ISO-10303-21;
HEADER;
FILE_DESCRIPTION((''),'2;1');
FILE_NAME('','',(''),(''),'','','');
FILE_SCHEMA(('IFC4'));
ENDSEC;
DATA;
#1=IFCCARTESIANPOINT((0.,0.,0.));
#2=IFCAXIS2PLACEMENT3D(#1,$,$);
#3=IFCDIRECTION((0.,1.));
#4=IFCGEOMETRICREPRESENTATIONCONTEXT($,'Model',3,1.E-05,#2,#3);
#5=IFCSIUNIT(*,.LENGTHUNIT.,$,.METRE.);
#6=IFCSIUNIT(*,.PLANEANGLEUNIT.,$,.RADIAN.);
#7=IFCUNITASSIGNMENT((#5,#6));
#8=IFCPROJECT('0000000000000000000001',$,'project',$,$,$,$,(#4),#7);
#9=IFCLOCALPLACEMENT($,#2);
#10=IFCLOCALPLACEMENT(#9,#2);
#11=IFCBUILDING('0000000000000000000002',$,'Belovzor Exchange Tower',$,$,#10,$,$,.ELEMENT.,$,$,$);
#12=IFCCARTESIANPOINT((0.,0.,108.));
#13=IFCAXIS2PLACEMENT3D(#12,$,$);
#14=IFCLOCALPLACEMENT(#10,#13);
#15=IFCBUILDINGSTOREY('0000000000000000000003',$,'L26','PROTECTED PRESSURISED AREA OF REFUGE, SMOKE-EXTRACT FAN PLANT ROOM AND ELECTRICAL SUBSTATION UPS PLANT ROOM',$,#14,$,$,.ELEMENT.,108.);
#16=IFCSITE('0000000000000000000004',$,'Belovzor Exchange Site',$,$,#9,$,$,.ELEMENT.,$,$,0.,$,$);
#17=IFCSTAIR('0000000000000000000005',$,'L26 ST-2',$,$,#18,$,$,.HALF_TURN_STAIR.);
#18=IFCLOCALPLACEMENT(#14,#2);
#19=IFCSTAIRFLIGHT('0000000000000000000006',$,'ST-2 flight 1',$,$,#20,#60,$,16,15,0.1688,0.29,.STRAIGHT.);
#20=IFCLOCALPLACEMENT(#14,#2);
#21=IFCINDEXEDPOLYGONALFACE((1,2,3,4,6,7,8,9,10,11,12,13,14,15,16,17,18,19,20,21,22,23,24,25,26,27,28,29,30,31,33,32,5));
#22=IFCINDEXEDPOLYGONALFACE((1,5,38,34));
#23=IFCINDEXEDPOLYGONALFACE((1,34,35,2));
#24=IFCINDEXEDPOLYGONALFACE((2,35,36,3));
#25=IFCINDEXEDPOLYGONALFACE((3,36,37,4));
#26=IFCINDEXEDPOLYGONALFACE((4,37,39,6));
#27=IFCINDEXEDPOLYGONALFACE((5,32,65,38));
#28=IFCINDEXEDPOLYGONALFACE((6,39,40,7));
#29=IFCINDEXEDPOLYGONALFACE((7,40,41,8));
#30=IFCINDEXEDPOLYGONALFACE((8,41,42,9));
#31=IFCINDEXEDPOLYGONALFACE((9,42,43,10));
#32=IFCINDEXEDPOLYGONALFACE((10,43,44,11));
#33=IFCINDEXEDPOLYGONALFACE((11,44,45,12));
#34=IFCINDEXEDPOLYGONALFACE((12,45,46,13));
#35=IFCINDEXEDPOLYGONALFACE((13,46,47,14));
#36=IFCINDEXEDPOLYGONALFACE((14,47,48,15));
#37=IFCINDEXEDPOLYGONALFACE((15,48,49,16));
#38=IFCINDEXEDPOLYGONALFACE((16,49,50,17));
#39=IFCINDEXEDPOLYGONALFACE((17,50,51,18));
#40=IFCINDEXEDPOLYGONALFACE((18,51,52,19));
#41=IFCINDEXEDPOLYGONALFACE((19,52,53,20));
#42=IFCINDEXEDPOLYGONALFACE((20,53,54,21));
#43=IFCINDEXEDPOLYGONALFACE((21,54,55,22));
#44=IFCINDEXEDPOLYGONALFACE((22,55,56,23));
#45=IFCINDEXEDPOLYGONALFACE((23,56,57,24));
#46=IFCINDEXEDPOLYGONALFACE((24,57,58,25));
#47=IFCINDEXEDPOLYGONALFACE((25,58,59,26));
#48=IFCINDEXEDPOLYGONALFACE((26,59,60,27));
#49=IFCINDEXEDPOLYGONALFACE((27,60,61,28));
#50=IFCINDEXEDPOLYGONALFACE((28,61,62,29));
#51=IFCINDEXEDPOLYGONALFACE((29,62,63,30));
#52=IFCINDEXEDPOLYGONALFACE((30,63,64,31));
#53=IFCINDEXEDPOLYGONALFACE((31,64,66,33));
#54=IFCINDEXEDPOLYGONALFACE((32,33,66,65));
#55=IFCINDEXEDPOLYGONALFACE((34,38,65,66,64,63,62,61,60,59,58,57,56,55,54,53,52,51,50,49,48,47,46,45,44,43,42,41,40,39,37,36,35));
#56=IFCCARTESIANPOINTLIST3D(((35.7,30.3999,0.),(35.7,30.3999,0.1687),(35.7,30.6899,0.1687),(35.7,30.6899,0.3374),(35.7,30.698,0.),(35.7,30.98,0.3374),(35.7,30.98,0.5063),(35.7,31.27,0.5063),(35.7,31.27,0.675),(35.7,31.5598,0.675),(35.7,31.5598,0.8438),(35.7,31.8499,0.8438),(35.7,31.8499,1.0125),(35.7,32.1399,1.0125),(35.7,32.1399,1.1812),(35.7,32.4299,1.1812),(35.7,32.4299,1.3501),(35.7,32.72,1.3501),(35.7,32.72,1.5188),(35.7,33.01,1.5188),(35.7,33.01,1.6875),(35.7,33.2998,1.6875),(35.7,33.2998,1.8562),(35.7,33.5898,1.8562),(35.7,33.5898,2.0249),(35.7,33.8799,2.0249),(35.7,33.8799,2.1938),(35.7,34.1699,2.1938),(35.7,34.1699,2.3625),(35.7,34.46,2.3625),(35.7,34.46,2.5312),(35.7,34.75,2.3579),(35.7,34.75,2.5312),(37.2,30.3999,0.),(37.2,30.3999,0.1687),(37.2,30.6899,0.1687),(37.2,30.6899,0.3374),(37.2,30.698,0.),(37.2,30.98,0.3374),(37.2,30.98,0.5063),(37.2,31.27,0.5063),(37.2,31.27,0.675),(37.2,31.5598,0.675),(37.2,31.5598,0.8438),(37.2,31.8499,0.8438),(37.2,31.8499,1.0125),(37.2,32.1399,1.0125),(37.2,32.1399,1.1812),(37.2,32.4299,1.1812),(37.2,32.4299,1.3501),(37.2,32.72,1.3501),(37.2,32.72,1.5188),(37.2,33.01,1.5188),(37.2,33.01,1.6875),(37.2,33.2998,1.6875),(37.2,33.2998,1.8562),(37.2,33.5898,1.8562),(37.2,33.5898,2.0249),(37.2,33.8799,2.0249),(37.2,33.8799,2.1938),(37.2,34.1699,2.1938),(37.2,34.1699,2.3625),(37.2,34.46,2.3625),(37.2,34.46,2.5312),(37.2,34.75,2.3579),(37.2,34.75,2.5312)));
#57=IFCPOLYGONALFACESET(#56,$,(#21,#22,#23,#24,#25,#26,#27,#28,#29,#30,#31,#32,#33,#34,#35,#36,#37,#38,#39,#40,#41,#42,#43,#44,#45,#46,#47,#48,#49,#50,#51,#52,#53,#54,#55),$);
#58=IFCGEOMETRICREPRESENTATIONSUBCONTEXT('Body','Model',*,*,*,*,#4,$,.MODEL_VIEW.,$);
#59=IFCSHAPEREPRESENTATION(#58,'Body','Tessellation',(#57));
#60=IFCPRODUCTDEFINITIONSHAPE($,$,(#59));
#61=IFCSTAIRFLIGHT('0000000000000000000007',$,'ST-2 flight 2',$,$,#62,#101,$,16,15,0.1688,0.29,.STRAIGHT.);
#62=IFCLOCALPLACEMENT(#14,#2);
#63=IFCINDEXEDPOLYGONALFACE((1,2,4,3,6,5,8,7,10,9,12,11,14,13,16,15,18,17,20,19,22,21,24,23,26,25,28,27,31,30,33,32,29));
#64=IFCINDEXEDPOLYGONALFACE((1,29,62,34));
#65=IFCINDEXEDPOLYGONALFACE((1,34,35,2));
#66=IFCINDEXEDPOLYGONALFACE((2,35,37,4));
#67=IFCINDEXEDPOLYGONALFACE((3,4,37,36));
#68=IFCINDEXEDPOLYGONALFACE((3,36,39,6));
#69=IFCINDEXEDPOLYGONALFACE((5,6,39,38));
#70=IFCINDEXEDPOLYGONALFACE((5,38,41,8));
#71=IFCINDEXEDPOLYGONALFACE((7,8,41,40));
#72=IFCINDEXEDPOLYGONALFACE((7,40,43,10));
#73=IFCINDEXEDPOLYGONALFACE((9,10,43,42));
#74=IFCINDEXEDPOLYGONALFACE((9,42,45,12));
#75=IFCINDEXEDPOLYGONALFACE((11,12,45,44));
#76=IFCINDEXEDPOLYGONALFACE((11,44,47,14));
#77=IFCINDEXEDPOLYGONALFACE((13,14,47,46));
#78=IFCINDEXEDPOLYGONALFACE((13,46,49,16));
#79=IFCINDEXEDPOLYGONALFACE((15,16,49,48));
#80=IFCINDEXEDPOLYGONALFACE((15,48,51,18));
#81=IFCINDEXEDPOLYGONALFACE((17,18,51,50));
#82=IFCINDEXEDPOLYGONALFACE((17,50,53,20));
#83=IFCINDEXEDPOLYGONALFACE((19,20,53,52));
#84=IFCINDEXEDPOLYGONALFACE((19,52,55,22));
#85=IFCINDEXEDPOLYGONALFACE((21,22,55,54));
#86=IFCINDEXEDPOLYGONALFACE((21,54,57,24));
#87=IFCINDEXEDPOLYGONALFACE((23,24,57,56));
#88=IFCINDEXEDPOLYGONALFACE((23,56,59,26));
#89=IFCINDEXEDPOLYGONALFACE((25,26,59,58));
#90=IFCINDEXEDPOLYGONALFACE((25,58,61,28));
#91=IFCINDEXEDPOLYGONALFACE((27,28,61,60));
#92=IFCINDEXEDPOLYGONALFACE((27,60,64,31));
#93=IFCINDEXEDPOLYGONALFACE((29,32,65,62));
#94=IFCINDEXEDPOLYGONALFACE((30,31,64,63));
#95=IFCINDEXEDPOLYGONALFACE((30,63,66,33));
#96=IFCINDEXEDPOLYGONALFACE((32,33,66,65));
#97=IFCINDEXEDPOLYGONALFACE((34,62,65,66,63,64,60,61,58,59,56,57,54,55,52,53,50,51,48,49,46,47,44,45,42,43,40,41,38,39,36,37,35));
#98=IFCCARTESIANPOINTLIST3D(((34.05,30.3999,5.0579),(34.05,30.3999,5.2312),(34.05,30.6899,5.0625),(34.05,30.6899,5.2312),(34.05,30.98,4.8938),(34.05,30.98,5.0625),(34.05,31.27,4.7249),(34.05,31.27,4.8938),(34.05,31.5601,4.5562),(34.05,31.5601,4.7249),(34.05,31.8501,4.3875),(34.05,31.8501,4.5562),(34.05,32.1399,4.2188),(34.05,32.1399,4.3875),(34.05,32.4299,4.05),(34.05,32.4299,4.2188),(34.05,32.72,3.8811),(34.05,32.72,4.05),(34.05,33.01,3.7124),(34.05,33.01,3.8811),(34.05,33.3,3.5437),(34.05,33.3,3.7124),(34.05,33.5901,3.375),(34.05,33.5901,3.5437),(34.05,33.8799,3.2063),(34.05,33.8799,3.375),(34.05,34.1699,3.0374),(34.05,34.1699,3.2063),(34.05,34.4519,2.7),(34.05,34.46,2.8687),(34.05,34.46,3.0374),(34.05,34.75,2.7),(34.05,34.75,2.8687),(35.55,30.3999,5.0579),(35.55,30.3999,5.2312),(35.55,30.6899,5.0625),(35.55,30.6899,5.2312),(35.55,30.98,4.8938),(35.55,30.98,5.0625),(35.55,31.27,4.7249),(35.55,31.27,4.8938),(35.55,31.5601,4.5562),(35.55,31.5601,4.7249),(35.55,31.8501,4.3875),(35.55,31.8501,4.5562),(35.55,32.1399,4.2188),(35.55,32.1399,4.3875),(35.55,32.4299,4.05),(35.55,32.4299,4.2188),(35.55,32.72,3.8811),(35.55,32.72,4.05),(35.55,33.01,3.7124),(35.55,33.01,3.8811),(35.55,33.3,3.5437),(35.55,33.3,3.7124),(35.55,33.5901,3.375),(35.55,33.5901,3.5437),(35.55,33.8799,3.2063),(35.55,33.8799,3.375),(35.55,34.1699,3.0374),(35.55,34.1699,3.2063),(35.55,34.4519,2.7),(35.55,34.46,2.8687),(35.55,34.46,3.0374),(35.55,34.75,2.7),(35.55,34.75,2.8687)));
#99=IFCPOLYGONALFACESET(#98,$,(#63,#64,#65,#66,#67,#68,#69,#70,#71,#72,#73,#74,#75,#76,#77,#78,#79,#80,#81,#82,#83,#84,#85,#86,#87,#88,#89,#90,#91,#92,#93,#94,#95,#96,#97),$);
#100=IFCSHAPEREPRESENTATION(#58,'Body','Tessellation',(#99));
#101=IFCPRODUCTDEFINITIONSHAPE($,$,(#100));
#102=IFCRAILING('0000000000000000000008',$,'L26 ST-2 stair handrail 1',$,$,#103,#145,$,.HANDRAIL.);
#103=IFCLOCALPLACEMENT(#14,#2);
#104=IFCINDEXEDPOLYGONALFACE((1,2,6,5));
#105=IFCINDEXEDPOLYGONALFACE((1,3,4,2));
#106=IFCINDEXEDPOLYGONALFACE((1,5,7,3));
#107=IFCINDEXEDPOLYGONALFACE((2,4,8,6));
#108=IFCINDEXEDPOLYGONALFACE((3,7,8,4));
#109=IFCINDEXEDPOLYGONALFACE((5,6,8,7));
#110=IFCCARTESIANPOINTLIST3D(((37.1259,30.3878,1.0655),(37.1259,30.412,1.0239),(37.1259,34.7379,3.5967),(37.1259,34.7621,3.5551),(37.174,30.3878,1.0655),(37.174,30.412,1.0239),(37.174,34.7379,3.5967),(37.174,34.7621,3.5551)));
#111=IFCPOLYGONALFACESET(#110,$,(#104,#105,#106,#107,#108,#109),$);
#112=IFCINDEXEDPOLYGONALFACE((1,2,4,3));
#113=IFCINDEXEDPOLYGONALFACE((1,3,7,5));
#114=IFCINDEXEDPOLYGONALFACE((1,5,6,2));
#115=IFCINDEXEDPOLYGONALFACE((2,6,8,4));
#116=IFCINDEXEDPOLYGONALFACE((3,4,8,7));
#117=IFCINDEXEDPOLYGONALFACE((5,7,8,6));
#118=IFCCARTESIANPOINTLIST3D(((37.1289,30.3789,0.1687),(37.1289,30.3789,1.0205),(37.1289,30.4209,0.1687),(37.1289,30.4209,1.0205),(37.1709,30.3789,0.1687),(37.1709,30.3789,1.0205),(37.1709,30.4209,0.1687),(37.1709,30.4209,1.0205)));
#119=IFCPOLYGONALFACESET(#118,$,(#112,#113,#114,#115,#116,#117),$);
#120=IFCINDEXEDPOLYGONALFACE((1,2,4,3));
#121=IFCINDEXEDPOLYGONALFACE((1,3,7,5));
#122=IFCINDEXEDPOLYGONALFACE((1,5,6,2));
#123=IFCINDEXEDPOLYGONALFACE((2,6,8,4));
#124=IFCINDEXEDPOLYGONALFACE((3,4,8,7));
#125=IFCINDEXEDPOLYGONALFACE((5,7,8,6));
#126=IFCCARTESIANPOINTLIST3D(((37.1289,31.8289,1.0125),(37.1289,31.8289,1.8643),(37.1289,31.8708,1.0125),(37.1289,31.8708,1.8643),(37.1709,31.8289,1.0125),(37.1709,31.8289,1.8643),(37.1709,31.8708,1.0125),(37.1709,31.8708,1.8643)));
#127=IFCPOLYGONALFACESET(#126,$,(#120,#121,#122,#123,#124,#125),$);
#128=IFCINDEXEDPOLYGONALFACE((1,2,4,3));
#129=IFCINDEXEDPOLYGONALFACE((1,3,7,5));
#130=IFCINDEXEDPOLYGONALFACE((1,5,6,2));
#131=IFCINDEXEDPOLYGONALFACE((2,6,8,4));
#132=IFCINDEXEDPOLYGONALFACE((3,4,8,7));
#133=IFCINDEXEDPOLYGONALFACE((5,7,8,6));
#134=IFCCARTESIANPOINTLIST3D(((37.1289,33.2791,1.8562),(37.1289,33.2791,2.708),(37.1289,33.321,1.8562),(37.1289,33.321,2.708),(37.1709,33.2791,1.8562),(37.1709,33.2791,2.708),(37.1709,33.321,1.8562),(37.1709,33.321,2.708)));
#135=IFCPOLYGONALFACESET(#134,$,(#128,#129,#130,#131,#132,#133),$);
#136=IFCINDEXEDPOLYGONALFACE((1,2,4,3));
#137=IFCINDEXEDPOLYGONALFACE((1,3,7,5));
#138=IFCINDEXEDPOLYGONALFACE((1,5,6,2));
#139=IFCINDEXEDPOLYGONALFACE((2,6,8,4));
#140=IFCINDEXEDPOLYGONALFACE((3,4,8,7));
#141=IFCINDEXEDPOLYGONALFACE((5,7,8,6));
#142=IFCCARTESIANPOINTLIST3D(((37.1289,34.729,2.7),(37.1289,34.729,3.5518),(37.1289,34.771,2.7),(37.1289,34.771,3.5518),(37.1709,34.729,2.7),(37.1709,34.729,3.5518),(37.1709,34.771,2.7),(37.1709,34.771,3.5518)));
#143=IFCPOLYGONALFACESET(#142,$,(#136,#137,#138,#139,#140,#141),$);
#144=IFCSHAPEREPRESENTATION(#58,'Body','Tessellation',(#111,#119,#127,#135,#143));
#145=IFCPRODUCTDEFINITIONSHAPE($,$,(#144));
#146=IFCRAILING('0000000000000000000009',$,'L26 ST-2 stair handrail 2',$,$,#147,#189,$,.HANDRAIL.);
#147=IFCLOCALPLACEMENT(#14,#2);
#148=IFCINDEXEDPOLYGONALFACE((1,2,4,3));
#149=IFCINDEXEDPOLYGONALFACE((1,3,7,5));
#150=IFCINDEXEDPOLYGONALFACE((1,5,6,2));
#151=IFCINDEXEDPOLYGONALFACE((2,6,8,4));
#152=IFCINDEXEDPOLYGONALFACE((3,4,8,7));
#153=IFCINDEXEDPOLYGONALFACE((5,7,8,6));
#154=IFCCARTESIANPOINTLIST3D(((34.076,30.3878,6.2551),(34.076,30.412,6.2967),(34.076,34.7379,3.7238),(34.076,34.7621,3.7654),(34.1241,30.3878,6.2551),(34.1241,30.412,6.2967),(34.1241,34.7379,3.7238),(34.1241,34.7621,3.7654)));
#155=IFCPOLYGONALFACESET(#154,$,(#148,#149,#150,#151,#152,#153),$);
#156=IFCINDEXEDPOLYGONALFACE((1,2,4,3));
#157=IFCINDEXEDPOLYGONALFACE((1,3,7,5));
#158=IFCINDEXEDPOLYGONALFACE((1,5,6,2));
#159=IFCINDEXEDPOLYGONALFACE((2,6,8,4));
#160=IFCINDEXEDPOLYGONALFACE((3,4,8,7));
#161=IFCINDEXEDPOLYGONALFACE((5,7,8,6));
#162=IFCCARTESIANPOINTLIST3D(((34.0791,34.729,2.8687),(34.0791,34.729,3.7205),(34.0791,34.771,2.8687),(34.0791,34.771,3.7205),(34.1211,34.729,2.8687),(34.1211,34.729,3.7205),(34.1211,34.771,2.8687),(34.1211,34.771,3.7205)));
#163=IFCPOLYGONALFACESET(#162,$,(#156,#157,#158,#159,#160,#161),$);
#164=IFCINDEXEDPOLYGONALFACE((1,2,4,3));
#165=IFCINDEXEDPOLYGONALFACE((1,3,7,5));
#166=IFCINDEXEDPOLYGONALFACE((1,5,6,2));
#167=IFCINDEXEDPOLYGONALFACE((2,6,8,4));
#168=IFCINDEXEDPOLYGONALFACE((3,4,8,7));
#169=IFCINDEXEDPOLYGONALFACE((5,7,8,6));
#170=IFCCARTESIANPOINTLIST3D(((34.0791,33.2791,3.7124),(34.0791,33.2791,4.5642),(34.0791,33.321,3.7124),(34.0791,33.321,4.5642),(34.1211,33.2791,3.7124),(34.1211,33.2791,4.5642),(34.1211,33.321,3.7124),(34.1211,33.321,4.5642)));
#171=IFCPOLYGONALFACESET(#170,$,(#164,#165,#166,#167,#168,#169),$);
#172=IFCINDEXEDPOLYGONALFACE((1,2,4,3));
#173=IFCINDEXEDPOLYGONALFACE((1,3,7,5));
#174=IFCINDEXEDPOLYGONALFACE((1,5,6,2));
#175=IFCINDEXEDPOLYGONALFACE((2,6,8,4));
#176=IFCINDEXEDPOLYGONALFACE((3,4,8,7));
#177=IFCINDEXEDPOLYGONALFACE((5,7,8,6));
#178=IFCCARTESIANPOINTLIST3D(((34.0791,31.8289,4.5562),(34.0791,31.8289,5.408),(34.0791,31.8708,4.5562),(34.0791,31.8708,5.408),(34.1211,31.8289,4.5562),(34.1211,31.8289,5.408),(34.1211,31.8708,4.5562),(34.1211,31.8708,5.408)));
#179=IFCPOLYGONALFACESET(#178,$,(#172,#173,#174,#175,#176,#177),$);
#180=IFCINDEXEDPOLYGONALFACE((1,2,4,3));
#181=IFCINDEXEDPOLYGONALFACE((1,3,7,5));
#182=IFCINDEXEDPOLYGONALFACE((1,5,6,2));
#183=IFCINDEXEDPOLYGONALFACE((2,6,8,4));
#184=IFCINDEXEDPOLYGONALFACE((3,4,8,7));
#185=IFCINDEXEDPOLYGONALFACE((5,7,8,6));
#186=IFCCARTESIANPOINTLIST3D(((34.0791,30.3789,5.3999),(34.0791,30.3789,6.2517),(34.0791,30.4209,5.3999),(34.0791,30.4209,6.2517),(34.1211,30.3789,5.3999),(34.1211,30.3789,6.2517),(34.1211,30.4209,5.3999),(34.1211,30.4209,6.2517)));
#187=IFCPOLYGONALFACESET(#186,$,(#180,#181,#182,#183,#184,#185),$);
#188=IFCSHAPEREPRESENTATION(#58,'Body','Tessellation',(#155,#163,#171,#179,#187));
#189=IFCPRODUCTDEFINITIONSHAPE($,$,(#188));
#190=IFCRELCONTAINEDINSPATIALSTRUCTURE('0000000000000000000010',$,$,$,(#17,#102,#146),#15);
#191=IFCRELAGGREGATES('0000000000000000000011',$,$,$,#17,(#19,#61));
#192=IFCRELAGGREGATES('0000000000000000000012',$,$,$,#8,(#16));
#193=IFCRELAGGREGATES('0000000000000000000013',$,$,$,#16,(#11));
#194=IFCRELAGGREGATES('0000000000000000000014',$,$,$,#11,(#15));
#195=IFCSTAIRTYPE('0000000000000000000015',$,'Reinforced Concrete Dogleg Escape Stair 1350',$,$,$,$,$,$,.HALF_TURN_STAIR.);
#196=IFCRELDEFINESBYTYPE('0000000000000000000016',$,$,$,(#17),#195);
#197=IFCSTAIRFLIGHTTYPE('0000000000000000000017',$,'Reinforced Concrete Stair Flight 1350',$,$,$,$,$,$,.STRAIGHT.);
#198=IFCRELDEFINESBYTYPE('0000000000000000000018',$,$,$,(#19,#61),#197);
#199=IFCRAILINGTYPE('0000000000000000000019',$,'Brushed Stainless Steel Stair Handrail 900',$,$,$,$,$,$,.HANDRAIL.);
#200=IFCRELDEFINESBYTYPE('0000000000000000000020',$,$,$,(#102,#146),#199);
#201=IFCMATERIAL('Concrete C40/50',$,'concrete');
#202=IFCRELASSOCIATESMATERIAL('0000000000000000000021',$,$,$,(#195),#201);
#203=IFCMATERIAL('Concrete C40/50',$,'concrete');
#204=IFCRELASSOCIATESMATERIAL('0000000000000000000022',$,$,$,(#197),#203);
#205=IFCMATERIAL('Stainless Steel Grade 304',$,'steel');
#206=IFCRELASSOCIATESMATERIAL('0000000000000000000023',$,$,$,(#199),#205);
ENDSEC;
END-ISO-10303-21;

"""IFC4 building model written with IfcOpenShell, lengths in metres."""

from ifc_helpers import new_model, si_unit, direction, frame, origin, origin_2d, place, context, subcontext, project, spatial, polyline, rectangle, outline, extrude, material, type_object, element, aggregate, save


model = new_model("IFC4")

# Units and contexts
model_context = context("Model", 3, precision=1e-05, world=origin(), true_north=direction((0.0, 1.0)))
body_context = subcontext(model_context, "Body", "Model", "MODEL_VIEW")
ifc_project = project(units=[si_unit("LENGTHUNIT", "METRE"), si_unit("PLANEANGLEUNIT", "RADIAN")], contexts=[model_context])

# Site, building, storey
site_placement = place(None, origin())
site = spatial("IfcSite", under=ifc_project, at=site_placement, Name="Belovzor Exchange Site", CompositionType="ELEMENT", RefElevation=0.0)
building_placement = place(site_placement, origin())
building = spatial("IfcBuilding", under=site, at=building_placement, Name="Belovzor Exchange Tower", CompositionType="ELEMENT")
storey_placement = place(building_placement, frame((0.0, 0.0, 108.0)))
storey = spatial("IfcBuildingStorey", under=building, at=storey_placement, Name="L26", Description="PROTECTED PRESSURISED AREA OF REFUGE, SMOKE-EXTRACT FAN PLANT ROOM AND ELECTRICAL SUBSTATION UPS PLANT ROOM", CompositionType="ELEMENT", Elevation=108.0)

# Stair, stair flights
ifc_material_1 = material(Name="Concrete C40/50", Category="concrete")
stair_type = type_object("IfcStairType", Name="Reinforced Concrete Dogleg Escape Stair 1350", PredefinedType="HALF_TURN_STAIR", material=ifc_material_1)
stair_placement = place(storey_placement, origin())
stair = element("IfcStair", 1, at=stair_placement, inside=storey, type_object=stair_type, Name="L26 ST-2", PredefinedType="HALF_TURN_STAIR")
ifc_material_2 = material(Name="Concrete C40/50", Category="concrete")
stair_flight_type = type_object("IfcStairFlightType", Name="Reinforced Concrete Stair Flight 1350", PredefinedType="STRAIGHT", material=ifc_material_2)
stair_flight_1_placement = place(storey_placement, frame((36.45, 30.3999, 0.0), z_axis=(0.0, 0.0, 1.0), x_axis=(0.0, 1.0, 0.0)))
stair_flight_1 = element("IfcStairFlight", 2, at=stair_flight_1_placement, type_object=stair_flight_type, Name="ST-2 flight 1", NumberOfRisers=16, NumberOfTreads=15, PredefinedType="STRAIGHT", RiserHeight=0.1688, TreadLength=0.29, context=body_context, shape_type="SweptSolid", body=[
    extrude(outline(polyline([(0.0, 0.0), (0.0, 0.1687), (0.29, 0.1687), (0.29, 0.3374), (0.5801, 0.3374), (0.5801, 0.5063), (0.8701, 0.5063), (0.8701, 0.675), (1.1599, 0.675), (1.1599, 0.8438), (1.45, 0.8438), (1.45, 1.0125), (1.74, 1.0125), (1.74, 1.1812), (2.03, 1.1812), (2.03, 1.3501), (2.3201, 1.3501), (2.3201, 1.5188), (2.6101, 1.5188), (2.6101, 1.6875), (2.8999, 1.6875), (2.8999, 1.8562), (3.1899, 1.8562), (3.1899, 2.0249), (3.48, 2.0249), (3.48, 2.1938), (3.77, 2.1938), (3.77, 2.3625), (4.0601, 2.3625), (4.0601, 2.5312), (4.3501, 2.5312), (4.3501, 2.7), (4.3501, 2.3579), (0.2981, 0.0), (0.0, 0.0)])), frame((0.0, 0.75, 0.0), z_axis=(0.0, -1.0, 0.0), x_axis=(1.0, 0.0, 0.0)), (0.0, 0.0, 1.0), 1.5),
])
stair_flight_2_placement = place(storey_placement, frame((34.8, 34.75, 2.7), z_axis=(0.0, 0.0, 1.0), x_axis=(0.0, -1.0, 0.0)))
stair_flight_2 = element("IfcStairFlight", 3, at=stair_flight_2_placement, type_object=stair_flight_type, Name="ST-2 flight 2", NumberOfRisers=16, NumberOfTreads=15, PredefinedType="STRAIGHT", RiserHeight=0.1688, TreadLength=0.29, context=body_context, shape_type="SweptSolid", body=[
    extrude(outline(polyline([(0.0, 0.0), (0.0, 0.1687), (0.29, 0.1687), (0.29, 0.3374), (0.5801, 0.3374), (0.5801, 0.5063), (0.8701, 0.5063), (0.8701, 0.675), (1.1599, 0.675), (1.1599, 0.8438), (1.45, 0.8438), (1.45, 1.0125), (1.74, 1.0125), (1.74, 1.1812), (2.03, 1.1812), (2.03, 1.3501), (2.3201, 1.3501), (2.3201, 1.5188), (2.6101, 1.5188), (2.6101, 1.6875), (2.8999, 1.6875), (2.8999, 1.8562), (3.1899, 1.8562), (3.1899, 2.0249), (3.48, 2.0249), (3.48, 2.1938), (3.77, 2.1938), (3.77, 2.3625), (4.0601, 2.3625), (4.0601, 2.5312), (4.3501, 2.5312), (4.3501, 2.7), (4.3501, 2.3579), (0.2981, 0.0), (0.0, 0.0)])), frame((0.0, 0.75, 0.0), z_axis=(0.0, -1.0, 0.0), x_axis=(1.0, 0.0, 0.0)), (0.0, 0.0, 1.0), 1.5),
])
aggregate(stair, [stair_flight_1, stair_flight_2])

# Railings
ifc_material_3 = material(Name="Stainless Steel Grade 304", Category="steel")
railing_type_1 = type_object("IfcRailingType", Name="Brushed Stainless Steel Stair Handrail 900", PredefinedType="HANDRAIL", material=ifc_material_3)
railing_1_placement = place(storey_placement, frame((37.1499, 30.3999, 0.1687)))
element("IfcRailing", 4, at=railing_1_placement, inside=storey, type_object=railing_type_1, Name="L26 ST-2 stair handrail 1", PredefinedType="HANDRAIL", context=body_context, shape_type="SweptSolid", body=[
    extrude(rectangle(XDim=0.0481, YDim=0.0481, at=origin_2d()), frame((0.0, 0.0, 0.876), z_axis=(0.0, 0.864324, 0.502936), x_axis=(-1.0, 0.0, 0.0)), (0.0, 0.0, 1.0), 5.033),
    extrude(rectangle(XDim=0.042, YDim=0.042, at=origin_2d()), origin(), (0.0, 0.0, 1.0), 0.8518),
    extrude(rectangle(XDim=0.042, YDim=0.042, at=origin_2d()), frame((0.0, 1.45, 0.8438)), (0.0, 0.0, 1.0), 0.8518),
    extrude(rectangle(XDim=0.042, YDim=0.042, at=origin_2d()), frame((0.0, 2.9001, 1.6875)), (0.0, 0.0, 1.0), 0.8518),
    extrude(rectangle(XDim=0.042, YDim=0.042, at=origin_2d()), frame((0.0, 4.3501, 2.5312)), (0.0, 0.0, 1.0), 0.8518),
])
railing_2_placement = place(storey_placement, frame((34.1001, 34.75, 2.8687)))
element("IfcRailing", 5, at=railing_2_placement, inside=storey, type_object=railing_type_1, Name="L26 ST-2 stair handrail 2", PredefinedType="HANDRAIL", context=body_context, shape_type="SweptSolid", body=[
    extrude(rectangle(XDim=0.0481, YDim=0.0481, at=origin_2d()), frame((0.0, 0.0, 0.876), z_axis=(0.0, -0.864324, 0.502936), x_axis=(1.0, 0.0, 0.0)), (0.0, 0.0, 1.0), 5.033),
    extrude(rectangle(XDim=0.042, YDim=0.042, at=origin_2d()), origin(), (0.0, 0.0, 1.0), 0.8518),
    extrude(rectangle(XDim=0.042, YDim=0.042, at=origin_2d()), frame((0.0, -1.45, 0.8438)), (0.0, 0.0, 1.0), 0.8518),
    extrude(rectangle(XDim=0.042, YDim=0.042, at=origin_2d()), frame((0.0, -2.9001, 1.6875)), (0.0, 0.0, 1.0), 0.8518),
    extrude(rectangle(XDim=0.042, YDim=0.042, at=origin_2d()), frame((0.0, -4.3501, 2.5312)), (0.0, 0.0, 1.0), 0.8518),
])

save(model, "model.ifc")
